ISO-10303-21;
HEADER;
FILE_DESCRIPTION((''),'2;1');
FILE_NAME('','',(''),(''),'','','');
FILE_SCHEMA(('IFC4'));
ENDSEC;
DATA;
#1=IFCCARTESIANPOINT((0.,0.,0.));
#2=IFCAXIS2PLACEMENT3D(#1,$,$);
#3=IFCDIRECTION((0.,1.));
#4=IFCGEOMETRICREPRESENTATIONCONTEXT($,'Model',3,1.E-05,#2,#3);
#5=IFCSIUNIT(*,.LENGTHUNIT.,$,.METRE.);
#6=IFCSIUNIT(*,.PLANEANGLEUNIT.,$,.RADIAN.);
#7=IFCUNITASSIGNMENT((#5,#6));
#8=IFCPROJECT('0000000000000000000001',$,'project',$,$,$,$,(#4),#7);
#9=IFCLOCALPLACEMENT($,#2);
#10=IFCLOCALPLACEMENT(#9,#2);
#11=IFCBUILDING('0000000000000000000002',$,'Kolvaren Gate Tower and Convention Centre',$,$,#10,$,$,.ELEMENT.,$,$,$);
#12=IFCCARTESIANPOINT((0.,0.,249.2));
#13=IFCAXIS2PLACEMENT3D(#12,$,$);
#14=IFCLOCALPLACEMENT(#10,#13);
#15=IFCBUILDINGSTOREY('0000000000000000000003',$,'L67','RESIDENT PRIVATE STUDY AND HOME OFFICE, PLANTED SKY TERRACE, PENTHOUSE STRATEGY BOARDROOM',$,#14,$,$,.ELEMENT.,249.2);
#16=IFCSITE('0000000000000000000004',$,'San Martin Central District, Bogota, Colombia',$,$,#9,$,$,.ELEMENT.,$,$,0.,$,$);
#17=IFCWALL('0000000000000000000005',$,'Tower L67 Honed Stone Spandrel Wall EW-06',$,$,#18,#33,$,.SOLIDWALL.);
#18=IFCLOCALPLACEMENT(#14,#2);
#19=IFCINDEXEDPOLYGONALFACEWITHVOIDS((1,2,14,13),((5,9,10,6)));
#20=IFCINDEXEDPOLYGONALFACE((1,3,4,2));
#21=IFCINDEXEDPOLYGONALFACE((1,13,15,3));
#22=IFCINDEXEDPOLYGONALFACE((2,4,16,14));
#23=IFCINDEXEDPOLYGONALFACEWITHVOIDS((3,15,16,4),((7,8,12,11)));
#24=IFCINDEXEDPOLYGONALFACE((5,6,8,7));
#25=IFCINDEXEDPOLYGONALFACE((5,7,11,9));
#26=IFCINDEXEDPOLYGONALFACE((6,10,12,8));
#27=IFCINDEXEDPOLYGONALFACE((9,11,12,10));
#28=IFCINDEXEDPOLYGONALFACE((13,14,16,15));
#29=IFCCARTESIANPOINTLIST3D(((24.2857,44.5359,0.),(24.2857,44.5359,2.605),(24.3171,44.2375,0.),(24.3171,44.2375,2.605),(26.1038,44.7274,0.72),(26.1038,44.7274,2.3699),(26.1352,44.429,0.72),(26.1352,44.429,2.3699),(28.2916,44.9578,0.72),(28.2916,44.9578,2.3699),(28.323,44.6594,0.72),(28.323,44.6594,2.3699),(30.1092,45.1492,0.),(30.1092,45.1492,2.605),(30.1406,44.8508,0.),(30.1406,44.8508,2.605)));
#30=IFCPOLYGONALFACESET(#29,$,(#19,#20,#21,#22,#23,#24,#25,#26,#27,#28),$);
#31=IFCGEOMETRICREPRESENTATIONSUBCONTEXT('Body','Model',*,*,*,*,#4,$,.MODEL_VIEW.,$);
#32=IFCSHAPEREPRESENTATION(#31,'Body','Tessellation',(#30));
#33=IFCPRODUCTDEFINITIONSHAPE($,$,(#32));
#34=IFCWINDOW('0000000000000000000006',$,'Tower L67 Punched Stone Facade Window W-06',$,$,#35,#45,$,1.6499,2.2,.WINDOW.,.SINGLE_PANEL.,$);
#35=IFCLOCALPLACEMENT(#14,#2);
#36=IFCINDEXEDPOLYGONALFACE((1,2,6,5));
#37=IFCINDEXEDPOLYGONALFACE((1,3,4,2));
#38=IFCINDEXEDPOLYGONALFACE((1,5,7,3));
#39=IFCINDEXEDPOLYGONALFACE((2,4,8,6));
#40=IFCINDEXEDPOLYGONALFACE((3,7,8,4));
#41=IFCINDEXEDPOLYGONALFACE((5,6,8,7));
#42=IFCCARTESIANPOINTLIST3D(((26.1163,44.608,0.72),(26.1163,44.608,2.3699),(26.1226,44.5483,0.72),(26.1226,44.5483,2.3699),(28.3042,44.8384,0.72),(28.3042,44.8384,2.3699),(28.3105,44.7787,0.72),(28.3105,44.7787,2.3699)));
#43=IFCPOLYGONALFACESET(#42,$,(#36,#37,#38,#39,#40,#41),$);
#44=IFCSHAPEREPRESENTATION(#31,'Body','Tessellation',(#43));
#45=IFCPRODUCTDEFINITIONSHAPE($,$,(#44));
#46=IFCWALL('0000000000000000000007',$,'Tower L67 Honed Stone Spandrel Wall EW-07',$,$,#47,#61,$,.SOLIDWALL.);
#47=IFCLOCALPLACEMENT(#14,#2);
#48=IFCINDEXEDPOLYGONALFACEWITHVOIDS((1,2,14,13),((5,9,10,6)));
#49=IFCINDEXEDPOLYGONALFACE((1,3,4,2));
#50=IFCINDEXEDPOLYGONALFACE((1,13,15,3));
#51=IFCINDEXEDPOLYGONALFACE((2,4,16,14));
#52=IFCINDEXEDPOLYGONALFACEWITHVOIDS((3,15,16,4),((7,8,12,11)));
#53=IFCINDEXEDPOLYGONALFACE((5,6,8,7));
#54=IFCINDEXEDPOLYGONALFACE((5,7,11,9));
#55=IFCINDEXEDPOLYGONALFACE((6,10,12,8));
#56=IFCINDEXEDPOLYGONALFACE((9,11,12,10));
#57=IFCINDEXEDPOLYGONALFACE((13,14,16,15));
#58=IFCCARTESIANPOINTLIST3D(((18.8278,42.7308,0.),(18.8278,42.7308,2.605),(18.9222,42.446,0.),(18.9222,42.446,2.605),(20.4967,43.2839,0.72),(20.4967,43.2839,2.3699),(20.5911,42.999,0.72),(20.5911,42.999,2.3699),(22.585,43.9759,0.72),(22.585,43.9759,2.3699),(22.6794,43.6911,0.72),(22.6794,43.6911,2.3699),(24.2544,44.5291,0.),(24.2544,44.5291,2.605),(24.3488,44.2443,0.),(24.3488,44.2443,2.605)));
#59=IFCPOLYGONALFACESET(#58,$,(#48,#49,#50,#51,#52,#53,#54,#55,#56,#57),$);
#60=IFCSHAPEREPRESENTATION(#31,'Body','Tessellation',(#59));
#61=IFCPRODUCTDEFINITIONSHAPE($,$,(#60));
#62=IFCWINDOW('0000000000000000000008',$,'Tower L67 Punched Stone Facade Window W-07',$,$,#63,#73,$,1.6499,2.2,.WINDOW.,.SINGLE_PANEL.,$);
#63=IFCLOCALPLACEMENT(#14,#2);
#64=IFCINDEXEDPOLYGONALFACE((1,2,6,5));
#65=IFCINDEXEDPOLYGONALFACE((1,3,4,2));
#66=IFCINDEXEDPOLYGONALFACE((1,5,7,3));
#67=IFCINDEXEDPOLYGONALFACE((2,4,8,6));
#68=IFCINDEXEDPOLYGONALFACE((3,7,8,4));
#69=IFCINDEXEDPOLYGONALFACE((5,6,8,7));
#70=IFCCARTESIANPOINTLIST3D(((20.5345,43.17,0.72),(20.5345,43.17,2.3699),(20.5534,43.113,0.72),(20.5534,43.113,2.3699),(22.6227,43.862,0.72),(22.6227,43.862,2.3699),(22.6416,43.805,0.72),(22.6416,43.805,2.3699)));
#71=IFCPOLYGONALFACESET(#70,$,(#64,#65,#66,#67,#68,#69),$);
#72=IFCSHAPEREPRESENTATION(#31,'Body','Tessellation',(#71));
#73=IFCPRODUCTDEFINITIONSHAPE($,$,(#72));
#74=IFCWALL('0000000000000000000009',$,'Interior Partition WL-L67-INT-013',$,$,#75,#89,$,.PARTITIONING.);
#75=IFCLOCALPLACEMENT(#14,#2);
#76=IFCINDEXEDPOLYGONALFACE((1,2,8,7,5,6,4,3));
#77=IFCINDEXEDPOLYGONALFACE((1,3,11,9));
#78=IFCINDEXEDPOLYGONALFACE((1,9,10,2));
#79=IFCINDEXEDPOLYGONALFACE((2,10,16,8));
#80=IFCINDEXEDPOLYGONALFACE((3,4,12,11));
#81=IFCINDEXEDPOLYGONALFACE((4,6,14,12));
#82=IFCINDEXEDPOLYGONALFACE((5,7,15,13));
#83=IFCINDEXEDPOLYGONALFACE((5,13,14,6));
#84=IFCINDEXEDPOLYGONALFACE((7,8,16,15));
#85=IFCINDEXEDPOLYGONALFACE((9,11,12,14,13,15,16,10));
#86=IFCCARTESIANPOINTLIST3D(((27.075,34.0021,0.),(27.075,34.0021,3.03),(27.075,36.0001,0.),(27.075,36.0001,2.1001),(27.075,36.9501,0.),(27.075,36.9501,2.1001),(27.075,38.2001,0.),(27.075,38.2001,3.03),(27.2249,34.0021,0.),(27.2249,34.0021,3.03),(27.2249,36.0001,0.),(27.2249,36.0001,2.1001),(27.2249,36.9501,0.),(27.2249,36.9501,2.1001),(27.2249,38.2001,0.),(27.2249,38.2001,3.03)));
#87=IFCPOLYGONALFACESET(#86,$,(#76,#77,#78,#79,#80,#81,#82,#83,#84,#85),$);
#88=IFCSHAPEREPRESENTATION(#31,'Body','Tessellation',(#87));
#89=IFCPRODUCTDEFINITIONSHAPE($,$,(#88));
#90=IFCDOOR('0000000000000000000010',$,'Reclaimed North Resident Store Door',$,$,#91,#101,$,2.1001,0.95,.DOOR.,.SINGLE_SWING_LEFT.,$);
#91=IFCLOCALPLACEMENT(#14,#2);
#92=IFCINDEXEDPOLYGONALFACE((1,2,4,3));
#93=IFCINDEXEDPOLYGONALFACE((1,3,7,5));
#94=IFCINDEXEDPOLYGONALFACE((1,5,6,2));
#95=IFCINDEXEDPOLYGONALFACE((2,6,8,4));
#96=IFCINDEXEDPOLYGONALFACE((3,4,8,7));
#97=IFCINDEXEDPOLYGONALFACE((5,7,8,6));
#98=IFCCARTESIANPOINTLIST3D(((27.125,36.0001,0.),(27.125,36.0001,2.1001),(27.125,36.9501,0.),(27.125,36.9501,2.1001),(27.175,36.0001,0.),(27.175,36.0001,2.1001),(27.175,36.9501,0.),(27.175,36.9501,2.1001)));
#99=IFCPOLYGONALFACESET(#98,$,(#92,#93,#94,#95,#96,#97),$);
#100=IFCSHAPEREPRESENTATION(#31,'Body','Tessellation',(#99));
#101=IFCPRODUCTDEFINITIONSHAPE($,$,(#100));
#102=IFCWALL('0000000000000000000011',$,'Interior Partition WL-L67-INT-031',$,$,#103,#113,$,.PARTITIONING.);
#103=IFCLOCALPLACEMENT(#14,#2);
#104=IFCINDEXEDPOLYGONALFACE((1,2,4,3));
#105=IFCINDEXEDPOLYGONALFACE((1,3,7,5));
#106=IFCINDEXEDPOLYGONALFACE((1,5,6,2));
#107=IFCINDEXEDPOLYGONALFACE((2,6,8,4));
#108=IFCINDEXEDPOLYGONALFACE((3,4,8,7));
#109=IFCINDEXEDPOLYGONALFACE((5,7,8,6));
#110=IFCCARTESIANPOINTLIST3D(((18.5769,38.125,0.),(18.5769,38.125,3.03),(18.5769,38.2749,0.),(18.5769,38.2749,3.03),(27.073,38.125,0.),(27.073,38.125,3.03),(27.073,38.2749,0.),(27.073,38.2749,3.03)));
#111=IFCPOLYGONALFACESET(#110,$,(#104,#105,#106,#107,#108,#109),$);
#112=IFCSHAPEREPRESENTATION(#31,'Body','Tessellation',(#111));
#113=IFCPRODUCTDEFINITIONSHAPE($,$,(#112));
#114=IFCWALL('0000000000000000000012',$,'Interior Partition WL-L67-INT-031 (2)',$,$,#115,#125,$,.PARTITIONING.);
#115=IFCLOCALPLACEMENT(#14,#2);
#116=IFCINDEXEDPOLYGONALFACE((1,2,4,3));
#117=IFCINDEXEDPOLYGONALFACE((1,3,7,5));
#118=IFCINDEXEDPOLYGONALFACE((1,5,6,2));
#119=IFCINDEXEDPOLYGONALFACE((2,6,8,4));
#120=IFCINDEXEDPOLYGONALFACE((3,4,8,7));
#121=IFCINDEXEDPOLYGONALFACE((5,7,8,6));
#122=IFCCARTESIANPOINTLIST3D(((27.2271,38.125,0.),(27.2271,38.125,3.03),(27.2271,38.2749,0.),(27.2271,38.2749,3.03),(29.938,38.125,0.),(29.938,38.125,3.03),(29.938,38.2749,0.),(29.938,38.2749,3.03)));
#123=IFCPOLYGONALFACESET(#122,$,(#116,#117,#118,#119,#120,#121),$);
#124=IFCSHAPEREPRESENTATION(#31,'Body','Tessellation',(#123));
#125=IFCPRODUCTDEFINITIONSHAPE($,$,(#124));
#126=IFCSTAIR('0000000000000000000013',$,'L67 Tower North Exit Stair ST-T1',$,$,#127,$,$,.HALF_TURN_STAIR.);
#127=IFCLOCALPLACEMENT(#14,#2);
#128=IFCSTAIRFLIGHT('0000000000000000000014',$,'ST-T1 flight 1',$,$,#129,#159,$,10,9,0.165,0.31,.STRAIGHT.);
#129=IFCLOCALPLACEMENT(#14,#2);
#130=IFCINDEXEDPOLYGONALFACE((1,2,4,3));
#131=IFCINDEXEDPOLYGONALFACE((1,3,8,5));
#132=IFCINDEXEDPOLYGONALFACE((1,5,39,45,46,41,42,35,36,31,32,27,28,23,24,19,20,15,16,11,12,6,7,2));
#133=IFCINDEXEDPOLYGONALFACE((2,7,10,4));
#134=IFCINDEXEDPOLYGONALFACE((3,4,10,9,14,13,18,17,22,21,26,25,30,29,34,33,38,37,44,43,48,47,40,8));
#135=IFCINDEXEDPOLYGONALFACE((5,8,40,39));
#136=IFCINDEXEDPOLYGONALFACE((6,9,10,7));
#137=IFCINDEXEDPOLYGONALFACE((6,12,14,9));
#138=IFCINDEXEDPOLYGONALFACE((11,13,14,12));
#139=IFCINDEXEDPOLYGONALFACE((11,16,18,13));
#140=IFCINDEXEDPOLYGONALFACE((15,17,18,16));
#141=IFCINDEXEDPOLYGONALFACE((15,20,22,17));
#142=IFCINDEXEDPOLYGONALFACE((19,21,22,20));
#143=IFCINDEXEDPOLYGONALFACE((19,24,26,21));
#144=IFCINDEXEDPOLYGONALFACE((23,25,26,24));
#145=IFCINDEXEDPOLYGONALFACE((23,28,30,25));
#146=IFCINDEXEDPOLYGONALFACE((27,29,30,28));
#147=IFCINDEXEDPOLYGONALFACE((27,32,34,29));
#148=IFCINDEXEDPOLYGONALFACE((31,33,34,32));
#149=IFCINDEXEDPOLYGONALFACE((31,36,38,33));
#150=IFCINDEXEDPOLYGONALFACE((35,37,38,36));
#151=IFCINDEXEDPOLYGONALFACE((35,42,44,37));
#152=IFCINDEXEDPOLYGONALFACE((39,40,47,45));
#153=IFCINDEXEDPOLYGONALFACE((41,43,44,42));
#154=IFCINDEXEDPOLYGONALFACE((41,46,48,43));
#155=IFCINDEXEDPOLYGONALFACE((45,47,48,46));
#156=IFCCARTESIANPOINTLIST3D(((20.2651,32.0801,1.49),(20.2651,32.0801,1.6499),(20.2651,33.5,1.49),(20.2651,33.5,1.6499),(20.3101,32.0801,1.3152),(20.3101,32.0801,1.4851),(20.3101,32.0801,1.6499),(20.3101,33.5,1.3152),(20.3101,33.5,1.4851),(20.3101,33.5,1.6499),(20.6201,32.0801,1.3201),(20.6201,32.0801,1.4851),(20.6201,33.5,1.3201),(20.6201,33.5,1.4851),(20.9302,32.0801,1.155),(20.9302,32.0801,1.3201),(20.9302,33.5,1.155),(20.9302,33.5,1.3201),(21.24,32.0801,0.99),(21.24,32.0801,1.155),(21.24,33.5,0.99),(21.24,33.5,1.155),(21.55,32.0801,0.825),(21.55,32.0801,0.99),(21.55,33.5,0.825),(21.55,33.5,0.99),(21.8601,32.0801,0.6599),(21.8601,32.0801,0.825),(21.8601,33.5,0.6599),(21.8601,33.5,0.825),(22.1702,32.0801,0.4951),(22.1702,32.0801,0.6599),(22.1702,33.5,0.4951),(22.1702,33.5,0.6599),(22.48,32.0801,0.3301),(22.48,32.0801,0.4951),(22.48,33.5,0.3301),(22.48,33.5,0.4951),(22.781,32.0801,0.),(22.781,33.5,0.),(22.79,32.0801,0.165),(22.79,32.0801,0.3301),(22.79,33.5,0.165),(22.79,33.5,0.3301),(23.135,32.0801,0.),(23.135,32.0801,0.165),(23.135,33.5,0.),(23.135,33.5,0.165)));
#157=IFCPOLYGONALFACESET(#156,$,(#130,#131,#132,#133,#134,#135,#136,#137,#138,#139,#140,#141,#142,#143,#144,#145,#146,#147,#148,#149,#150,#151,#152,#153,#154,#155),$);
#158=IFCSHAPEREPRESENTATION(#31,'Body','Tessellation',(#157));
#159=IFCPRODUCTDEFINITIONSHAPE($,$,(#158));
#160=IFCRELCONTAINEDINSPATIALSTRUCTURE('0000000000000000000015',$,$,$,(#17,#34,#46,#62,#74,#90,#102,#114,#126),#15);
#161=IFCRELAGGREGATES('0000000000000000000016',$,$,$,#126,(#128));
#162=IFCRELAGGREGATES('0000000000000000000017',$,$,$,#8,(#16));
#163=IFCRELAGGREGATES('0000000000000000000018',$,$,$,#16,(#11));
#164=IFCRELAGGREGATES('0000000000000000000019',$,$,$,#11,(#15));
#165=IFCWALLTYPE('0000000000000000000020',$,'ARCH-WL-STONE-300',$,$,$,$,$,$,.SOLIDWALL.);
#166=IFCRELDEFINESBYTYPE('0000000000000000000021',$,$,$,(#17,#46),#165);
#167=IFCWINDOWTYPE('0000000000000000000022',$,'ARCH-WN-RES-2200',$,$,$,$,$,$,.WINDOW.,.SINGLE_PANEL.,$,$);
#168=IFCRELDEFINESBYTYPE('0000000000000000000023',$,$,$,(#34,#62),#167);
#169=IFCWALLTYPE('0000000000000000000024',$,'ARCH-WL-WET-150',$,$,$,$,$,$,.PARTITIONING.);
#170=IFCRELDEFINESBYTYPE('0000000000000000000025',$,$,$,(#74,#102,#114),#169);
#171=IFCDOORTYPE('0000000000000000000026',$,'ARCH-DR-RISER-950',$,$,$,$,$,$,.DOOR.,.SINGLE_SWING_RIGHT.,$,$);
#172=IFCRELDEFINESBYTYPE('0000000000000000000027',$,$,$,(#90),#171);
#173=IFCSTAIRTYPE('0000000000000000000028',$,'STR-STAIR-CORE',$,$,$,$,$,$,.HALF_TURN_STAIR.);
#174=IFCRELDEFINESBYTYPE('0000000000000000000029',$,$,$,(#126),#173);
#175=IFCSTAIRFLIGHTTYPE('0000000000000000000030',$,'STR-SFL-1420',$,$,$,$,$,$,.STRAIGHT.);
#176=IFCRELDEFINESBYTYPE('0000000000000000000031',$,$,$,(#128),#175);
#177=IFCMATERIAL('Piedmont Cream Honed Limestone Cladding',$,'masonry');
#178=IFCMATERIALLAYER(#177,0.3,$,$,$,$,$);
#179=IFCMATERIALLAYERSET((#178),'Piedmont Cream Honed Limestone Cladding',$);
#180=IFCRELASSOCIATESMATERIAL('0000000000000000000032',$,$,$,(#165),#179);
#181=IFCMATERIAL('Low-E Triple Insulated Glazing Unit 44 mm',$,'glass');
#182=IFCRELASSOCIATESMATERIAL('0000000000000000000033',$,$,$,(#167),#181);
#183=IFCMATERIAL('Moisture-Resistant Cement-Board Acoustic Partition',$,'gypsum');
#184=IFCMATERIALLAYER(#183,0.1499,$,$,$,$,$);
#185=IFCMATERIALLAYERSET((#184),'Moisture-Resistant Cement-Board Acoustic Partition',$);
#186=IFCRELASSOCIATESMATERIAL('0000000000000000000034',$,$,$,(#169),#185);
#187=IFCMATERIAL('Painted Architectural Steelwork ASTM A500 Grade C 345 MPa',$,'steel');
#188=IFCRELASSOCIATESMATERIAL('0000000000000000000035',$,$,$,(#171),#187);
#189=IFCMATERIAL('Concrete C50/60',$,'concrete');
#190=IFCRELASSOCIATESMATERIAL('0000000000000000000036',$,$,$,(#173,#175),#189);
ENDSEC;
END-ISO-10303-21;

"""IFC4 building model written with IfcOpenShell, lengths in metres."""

from ifc_helpers import new_model, si_unit, direction, frame, frame_2d, origin, place, context, subcontext, project, spatial, polyline, rectangle, outline, extrude, material, layer, layer_set, type_object, element, fill, aggregate, save


model = new_model("IFC4")

# Units and contexts
model_context = context("Model", 3, precision=1e-05, world=origin(), true_north=direction((0.0, 1.0)))
body_context = subcontext(model_context, "Body", "Model", "MODEL_VIEW")
ifc_project = project(units=[si_unit("LENGTHUNIT", "METRE"), si_unit("PLANEANGLEUNIT", "RADIAN")], contexts=[model_context])

# Site, building, storey
site_placement = place(None, origin())
site = spatial("IfcSite", under=ifc_project, at=site_placement, Name="San Martin Central District, Bogota, Colombia", CompositionType="ELEMENT", RefElevation=0.0)
building_placement = place(site_placement, origin())
building = spatial("IfcBuilding", under=site, at=building_placement, Name="Kolvaren Gate Tower and Convention Centre", CompositionType="ELEMENT")
storey_placement = place(building_placement, frame((0.0, 0.0, 249.2)))
storey = spatial("IfcBuildingStorey", under=building, at=storey_placement, Name="L67", Description="RESIDENT PRIVATE STUDY AND HOME OFFICE, PLANTED SKY TERRACE, PENTHOUSE STRATEGY BOARDROOM", CompositionType="ELEMENT", Elevation=249.2)

# Shared definitions
ifc_material_1 = material(Name="Concrete C50/60", Category="concrete")

# Walls, openings, windows
ifc_material_2 = material(Name="Piedmont Cream Honed Limestone Cladding", Category="masonry")
ifc_layer_1 = layer(ifc_material_2, 0.3)
ifc_layer_set_1 = layer_set([ifc_layer_1], Name="Piedmont Cream Honed Limestone Cladding")
wall_type_1 = type_object("IfcWallType", Name="ARCH-WL-STONE-300", PredefinedType="SOLIDWALL", material=ifc_layer_set_1)
wall_1_placement = place(storey_placement, frame((24.3015, 44.3867, 0.0), z_axis=(0.0, 0.0, 1.0), x_axis=(0.9945, 0.104733, 0.0)))
wall_1 = element("IfcWall", 1, at=wall_1_placement, inside=storey, type_object=wall_type_1, Name="Tower L67 Honed Stone Spandrel Wall EW-06", PredefinedType="SOLIDWALL", context=body_context, shape_type="SweptSolid", body=[
    extrude(rectangle(XDim=5.8557, YDim=0.3, at=frame_2d((2.9277, 0.0))), origin(), (0.0, 0.0, 1.0), 2.605),
])
opening_1_placement = place(wall_1_placement, frame((1.8279, 0.0, 0.72)))
opening_1 = element("IfcOpeningElement", 2, at=opening_1_placement, cuts=wall_1, PredefinedType="OPENING", context=body_context, shape_type="SweptSolid", body=[
    extrude(rectangle(XDim=2.2, YDim=1.6499, at=frame_2d((1.1001, 0.825))), frame((0.0, 0.1599, 0.0), z_axis=(0.0, -1.0, 0.0), x_axis=(1.0, 0.0, 0.0)), (0.0, 0.0, 1.0), 0.3201),
])
ifc_material_3 = material(Name="Low-E Triple Insulated Glazing Unit 44 mm", Category="glass")
window_type = type_object("IfcWindowType", Name="ARCH-WN-RES-2200", PartitioningType="SINGLE_PANEL", PredefinedType="WINDOW", material=ifc_material_3)
window_1_placement = place(opening_1_placement, origin())
window_1 = element("IfcWindow", 3, at=window_1_placement, inside=storey, type_object=window_type, Name="Tower L67 Punched Stone Facade Window W-06", OverallHeight=1.6499, OverallWidth=2.2, PartitioningType="SINGLE_PANEL", PredefinedType="WINDOW", context=body_context, shape_type="SweptSolid", body=[
    extrude(rectangle(XDim=2.2, YDim=1.6499, at=frame_2d((1.1001, 0.825))), frame((0.0, 0.03, 0.0), z_axis=(0.0, -1.0, 0.0), x_axis=(1.0, 0.0, 0.0)), (0.0, 0.0, 1.0), 0.0601),
])
fill(opening_1, window_1)
wall_2_placement = place(storey_placement, frame((18.875, 42.5884, 0.0), z_axis=(0.0, 0.0, 1.0), x_axis=(0.949233, 0.314575, 0.0)))
wall_2 = element("IfcWall", 4, at=wall_2_placement, inside=storey, type_object=wall_type_1, Name="Tower L67 Honed Stone Spandrel Wall EW-07", PredefinedType="SOLIDWALL", context=body_context, shape_type="SweptSolid", body=[
    extrude(rectangle(XDim=5.7168, YDim=0.3, at=frame_2d((2.8584, 0.0))), origin(), (0.0, 0.0, 1.0), 2.605),
])
opening_2_placement = place(wall_2_placement, frame((1.7581, 0.0, 0.72)))
opening_2 = element("IfcOpeningElement", 5, at=opening_2_placement, cuts=wall_2, PredefinedType="OPENING", context=body_context, shape_type="SweptSolid", body=[
    extrude(rectangle(XDim=2.2, YDim=1.6499, at=frame_2d((1.1001, 0.825))), frame((0.0, 0.1599, 0.0), z_axis=(0.0, -1.0, 0.0), x_axis=(1.0, 0.0, 0.0)), (0.0, 0.0, 1.0), 0.3201),
])
window_2_placement = place(opening_2_placement, origin())
window_2 = element("IfcWindow", 6, at=window_2_placement, inside=storey, type_object=window_type, Name="Tower L67 Punched Stone Facade Window W-07", OverallHeight=1.6499, OverallWidth=2.2, PartitioningType="SINGLE_PANEL", PredefinedType="WINDOW", context=body_context, shape_type="SweptSolid", body=[
    extrude(rectangle(XDim=2.2, YDim=1.6499, at=frame_2d((1.1001, 0.825))), frame((0.0, 0.03, 0.0), z_axis=(0.0, -1.0, 0.0), x_axis=(1.0, 0.0, 0.0)), (0.0, 0.0, 1.0), 0.0601),
])
fill(opening_2, window_2)

# Wall, opening, door
ifc_material_4 = material(Name="Moisture-Resistant Cement-Board Acoustic Partition", Category="gypsum")
ifc_layer_2 = layer(ifc_material_4, 0.1499)
ifc_layer_set_2 = layer_set([ifc_layer_2], Name="Moisture-Resistant Cement-Board Acoustic Partition")
wall_type_2 = type_object("IfcWallType", Name="ARCH-WL-WET-150", PredefinedType="PARTITIONING", material=ifc_layer_set_2)
wall_3_placement = place(storey_placement, frame((27.1499, 34.002, 0.0), z_axis=(0.0, 0.0, 1.0), x_axis=(0.0, 1.0, 0.0)))
wall_3 = element("IfcWall", 7, at=wall_3_placement, inside=storey, type_object=wall_type_2, Name="Interior Partition WL-L67-INT-013", PredefinedType="PARTITIONING", context=body_context, shape_type="SweptSolid", body=[
    extrude(rectangle(XDim=4.198, YDim=0.1499, at=frame_2d((2.0991, 0.0))), origin(), (0.0, 0.0, 1.0), 3.03),
])
opening_3_placement = place(wall_3_placement, frame((1.998, 0.0, 0.0)))
opening_3 = element("IfcOpeningElement", 8, at=opening_3_placement, cuts=wall_3, PredefinedType="OPENING", context=body_context, shape_type="SweptSolid", body=[
    extrude(rectangle(XDim=0.95, YDim=2.1001, at=frame_2d((0.4751, 1.05))), frame((0.0, 0.085, 0.0), z_axis=(0.0, -1.0, 0.0), x_axis=(1.0, 0.0, 0.0)), (0.0, 0.0, 1.0), 0.1699),
])
ifc_material_5 = material(Name="Painted Architectural Steelwork ASTM A500 Grade C 345 MPa", Category="steel")
door_type = type_object("IfcDoorType", Name="ARCH-DR-RISER-950", OperationType="SINGLE_SWING_RIGHT", PredefinedType="DOOR", material=ifc_material_5)
door_placement = place(opening_3_placement, origin())
door = element("IfcDoor", 9, at=door_placement, inside=storey, type_object=door_type, Name="Reclaimed North Resident Store Door", OperationType="SINGLE_SWING_LEFT", OverallHeight=2.1001, OverallWidth=0.95, PredefinedType="DOOR", context=body_context, shape_type="SweptSolid", body=[
    extrude(rectangle(XDim=0.95, YDim=2.1001, at=frame_2d((0.4751, 1.05))), frame((0.0, 0.0249, 0.0), z_axis=(0.0, -1.0, 0.0), x_axis=(1.0, 0.0, 0.0)), (0.0, 0.0, 1.0), 0.05),
])
fill(opening_3, door)

# Walls
wall_4_placement = place(storey_placement, frame((18.5769, 38.2, 0.0), z_axis=(0.0, 0.0, 1.0), x_axis=(1.0, 0.0, 0.0)))
element("IfcWall", 10, at=wall_4_placement, inside=storey, type_object=wall_type_2, Name="Interior Partition WL-L67-INT-031", PredefinedType="PARTITIONING", context=body_context, shape_type="SweptSolid", body=[
    extrude(rectangle(XDim=8.4961, YDim=0.1499, at=frame_2d((4.248, 0.0))), origin(), (0.0, 0.0, 1.0), 3.03),
])
wall_5_placement = place(storey_placement, frame((27.2271, 38.2, 0.0), z_axis=(0.0, 0.0, 1.0), x_axis=(1.0, 0.0, 0.0)))
element("IfcWall", 11, at=wall_5_placement, inside=storey, type_object=wall_type_2, Name="Interior Partition WL-L67-INT-031 (2)", PredefinedType="PARTITIONING", context=body_context, shape_type="SweptSolid", body=[
    extrude(rectangle(XDim=2.7109, YDim=0.1499, at=frame_2d((1.3555, 0.0))), origin(), (0.0, 0.0, 1.0), 3.03),
])

# Stair, stair flight
stair_type = type_object("IfcStairType", Name="STR-STAIR-CORE", PredefinedType="HALF_TURN_STAIR", material=ifc_material_1)
stair_placement = place(storey_placement, origin())
stair = element("IfcStair", 12, at=stair_placement, inside=storey, type_object=stair_type, Name="L67 Tower North Exit Stair ST-T1", PredefinedType="HALF_TURN_STAIR")
stair_flight_type = type_object("IfcStairFlightType", Name="STR-SFL-1420", PredefinedType="STRAIGHT", material=ifc_material_1)
stair_flight_placement = place(storey_placement, frame((23.1001, 32.79, 0.0), z_axis=(0.0, 0.0, 1.0), x_axis=(-1.0, 0.0, 0.0)))
stair_flight = element("IfcStairFlight", 13, at=stair_flight_placement, type_object=stair_flight_type, Name="ST-T1 flight 1", NumberOfRisers=10, NumberOfTreads=9, PredefinedType="STRAIGHT", RiserHeight=0.165, TreadLength=0.31, context=body_context, shape_type="SweptSolid", body=[
    extrude(outline(polyline([(-0.0349, 0.0), (-0.0349, 0.165), (0.3101, 0.165), (0.3101, 0.3301), (0.6201, 0.3301), (0.6201, 0.4951), (0.9299, 0.4951), (0.9299, 0.6599), (1.24, 0.6599), (1.24, 0.825), (1.55, 0.825), (1.55, 0.99), (1.8601, 0.99), (1.8601, 1.155), (2.1699, 1.155), (2.1699, 1.3201), (2.48, 1.3201), (2.48, 1.4851), (2.79, 1.4851), (2.79, 1.6499), (2.835, 1.6499), (2.835, 1.49), (2.79, 1.3152), (0.3191, 0.0), (-0.0349, 0.0)])), frame((0.0, 0.71, 0.0), z_axis=(0.0, -1.0, 0.0), x_axis=(1.0, 0.0, 0.0)), (0.0, 0.0, 1.0), 1.4199),
])
aggregate(stair, [stair_flight])

save(model, "model.ifc")
